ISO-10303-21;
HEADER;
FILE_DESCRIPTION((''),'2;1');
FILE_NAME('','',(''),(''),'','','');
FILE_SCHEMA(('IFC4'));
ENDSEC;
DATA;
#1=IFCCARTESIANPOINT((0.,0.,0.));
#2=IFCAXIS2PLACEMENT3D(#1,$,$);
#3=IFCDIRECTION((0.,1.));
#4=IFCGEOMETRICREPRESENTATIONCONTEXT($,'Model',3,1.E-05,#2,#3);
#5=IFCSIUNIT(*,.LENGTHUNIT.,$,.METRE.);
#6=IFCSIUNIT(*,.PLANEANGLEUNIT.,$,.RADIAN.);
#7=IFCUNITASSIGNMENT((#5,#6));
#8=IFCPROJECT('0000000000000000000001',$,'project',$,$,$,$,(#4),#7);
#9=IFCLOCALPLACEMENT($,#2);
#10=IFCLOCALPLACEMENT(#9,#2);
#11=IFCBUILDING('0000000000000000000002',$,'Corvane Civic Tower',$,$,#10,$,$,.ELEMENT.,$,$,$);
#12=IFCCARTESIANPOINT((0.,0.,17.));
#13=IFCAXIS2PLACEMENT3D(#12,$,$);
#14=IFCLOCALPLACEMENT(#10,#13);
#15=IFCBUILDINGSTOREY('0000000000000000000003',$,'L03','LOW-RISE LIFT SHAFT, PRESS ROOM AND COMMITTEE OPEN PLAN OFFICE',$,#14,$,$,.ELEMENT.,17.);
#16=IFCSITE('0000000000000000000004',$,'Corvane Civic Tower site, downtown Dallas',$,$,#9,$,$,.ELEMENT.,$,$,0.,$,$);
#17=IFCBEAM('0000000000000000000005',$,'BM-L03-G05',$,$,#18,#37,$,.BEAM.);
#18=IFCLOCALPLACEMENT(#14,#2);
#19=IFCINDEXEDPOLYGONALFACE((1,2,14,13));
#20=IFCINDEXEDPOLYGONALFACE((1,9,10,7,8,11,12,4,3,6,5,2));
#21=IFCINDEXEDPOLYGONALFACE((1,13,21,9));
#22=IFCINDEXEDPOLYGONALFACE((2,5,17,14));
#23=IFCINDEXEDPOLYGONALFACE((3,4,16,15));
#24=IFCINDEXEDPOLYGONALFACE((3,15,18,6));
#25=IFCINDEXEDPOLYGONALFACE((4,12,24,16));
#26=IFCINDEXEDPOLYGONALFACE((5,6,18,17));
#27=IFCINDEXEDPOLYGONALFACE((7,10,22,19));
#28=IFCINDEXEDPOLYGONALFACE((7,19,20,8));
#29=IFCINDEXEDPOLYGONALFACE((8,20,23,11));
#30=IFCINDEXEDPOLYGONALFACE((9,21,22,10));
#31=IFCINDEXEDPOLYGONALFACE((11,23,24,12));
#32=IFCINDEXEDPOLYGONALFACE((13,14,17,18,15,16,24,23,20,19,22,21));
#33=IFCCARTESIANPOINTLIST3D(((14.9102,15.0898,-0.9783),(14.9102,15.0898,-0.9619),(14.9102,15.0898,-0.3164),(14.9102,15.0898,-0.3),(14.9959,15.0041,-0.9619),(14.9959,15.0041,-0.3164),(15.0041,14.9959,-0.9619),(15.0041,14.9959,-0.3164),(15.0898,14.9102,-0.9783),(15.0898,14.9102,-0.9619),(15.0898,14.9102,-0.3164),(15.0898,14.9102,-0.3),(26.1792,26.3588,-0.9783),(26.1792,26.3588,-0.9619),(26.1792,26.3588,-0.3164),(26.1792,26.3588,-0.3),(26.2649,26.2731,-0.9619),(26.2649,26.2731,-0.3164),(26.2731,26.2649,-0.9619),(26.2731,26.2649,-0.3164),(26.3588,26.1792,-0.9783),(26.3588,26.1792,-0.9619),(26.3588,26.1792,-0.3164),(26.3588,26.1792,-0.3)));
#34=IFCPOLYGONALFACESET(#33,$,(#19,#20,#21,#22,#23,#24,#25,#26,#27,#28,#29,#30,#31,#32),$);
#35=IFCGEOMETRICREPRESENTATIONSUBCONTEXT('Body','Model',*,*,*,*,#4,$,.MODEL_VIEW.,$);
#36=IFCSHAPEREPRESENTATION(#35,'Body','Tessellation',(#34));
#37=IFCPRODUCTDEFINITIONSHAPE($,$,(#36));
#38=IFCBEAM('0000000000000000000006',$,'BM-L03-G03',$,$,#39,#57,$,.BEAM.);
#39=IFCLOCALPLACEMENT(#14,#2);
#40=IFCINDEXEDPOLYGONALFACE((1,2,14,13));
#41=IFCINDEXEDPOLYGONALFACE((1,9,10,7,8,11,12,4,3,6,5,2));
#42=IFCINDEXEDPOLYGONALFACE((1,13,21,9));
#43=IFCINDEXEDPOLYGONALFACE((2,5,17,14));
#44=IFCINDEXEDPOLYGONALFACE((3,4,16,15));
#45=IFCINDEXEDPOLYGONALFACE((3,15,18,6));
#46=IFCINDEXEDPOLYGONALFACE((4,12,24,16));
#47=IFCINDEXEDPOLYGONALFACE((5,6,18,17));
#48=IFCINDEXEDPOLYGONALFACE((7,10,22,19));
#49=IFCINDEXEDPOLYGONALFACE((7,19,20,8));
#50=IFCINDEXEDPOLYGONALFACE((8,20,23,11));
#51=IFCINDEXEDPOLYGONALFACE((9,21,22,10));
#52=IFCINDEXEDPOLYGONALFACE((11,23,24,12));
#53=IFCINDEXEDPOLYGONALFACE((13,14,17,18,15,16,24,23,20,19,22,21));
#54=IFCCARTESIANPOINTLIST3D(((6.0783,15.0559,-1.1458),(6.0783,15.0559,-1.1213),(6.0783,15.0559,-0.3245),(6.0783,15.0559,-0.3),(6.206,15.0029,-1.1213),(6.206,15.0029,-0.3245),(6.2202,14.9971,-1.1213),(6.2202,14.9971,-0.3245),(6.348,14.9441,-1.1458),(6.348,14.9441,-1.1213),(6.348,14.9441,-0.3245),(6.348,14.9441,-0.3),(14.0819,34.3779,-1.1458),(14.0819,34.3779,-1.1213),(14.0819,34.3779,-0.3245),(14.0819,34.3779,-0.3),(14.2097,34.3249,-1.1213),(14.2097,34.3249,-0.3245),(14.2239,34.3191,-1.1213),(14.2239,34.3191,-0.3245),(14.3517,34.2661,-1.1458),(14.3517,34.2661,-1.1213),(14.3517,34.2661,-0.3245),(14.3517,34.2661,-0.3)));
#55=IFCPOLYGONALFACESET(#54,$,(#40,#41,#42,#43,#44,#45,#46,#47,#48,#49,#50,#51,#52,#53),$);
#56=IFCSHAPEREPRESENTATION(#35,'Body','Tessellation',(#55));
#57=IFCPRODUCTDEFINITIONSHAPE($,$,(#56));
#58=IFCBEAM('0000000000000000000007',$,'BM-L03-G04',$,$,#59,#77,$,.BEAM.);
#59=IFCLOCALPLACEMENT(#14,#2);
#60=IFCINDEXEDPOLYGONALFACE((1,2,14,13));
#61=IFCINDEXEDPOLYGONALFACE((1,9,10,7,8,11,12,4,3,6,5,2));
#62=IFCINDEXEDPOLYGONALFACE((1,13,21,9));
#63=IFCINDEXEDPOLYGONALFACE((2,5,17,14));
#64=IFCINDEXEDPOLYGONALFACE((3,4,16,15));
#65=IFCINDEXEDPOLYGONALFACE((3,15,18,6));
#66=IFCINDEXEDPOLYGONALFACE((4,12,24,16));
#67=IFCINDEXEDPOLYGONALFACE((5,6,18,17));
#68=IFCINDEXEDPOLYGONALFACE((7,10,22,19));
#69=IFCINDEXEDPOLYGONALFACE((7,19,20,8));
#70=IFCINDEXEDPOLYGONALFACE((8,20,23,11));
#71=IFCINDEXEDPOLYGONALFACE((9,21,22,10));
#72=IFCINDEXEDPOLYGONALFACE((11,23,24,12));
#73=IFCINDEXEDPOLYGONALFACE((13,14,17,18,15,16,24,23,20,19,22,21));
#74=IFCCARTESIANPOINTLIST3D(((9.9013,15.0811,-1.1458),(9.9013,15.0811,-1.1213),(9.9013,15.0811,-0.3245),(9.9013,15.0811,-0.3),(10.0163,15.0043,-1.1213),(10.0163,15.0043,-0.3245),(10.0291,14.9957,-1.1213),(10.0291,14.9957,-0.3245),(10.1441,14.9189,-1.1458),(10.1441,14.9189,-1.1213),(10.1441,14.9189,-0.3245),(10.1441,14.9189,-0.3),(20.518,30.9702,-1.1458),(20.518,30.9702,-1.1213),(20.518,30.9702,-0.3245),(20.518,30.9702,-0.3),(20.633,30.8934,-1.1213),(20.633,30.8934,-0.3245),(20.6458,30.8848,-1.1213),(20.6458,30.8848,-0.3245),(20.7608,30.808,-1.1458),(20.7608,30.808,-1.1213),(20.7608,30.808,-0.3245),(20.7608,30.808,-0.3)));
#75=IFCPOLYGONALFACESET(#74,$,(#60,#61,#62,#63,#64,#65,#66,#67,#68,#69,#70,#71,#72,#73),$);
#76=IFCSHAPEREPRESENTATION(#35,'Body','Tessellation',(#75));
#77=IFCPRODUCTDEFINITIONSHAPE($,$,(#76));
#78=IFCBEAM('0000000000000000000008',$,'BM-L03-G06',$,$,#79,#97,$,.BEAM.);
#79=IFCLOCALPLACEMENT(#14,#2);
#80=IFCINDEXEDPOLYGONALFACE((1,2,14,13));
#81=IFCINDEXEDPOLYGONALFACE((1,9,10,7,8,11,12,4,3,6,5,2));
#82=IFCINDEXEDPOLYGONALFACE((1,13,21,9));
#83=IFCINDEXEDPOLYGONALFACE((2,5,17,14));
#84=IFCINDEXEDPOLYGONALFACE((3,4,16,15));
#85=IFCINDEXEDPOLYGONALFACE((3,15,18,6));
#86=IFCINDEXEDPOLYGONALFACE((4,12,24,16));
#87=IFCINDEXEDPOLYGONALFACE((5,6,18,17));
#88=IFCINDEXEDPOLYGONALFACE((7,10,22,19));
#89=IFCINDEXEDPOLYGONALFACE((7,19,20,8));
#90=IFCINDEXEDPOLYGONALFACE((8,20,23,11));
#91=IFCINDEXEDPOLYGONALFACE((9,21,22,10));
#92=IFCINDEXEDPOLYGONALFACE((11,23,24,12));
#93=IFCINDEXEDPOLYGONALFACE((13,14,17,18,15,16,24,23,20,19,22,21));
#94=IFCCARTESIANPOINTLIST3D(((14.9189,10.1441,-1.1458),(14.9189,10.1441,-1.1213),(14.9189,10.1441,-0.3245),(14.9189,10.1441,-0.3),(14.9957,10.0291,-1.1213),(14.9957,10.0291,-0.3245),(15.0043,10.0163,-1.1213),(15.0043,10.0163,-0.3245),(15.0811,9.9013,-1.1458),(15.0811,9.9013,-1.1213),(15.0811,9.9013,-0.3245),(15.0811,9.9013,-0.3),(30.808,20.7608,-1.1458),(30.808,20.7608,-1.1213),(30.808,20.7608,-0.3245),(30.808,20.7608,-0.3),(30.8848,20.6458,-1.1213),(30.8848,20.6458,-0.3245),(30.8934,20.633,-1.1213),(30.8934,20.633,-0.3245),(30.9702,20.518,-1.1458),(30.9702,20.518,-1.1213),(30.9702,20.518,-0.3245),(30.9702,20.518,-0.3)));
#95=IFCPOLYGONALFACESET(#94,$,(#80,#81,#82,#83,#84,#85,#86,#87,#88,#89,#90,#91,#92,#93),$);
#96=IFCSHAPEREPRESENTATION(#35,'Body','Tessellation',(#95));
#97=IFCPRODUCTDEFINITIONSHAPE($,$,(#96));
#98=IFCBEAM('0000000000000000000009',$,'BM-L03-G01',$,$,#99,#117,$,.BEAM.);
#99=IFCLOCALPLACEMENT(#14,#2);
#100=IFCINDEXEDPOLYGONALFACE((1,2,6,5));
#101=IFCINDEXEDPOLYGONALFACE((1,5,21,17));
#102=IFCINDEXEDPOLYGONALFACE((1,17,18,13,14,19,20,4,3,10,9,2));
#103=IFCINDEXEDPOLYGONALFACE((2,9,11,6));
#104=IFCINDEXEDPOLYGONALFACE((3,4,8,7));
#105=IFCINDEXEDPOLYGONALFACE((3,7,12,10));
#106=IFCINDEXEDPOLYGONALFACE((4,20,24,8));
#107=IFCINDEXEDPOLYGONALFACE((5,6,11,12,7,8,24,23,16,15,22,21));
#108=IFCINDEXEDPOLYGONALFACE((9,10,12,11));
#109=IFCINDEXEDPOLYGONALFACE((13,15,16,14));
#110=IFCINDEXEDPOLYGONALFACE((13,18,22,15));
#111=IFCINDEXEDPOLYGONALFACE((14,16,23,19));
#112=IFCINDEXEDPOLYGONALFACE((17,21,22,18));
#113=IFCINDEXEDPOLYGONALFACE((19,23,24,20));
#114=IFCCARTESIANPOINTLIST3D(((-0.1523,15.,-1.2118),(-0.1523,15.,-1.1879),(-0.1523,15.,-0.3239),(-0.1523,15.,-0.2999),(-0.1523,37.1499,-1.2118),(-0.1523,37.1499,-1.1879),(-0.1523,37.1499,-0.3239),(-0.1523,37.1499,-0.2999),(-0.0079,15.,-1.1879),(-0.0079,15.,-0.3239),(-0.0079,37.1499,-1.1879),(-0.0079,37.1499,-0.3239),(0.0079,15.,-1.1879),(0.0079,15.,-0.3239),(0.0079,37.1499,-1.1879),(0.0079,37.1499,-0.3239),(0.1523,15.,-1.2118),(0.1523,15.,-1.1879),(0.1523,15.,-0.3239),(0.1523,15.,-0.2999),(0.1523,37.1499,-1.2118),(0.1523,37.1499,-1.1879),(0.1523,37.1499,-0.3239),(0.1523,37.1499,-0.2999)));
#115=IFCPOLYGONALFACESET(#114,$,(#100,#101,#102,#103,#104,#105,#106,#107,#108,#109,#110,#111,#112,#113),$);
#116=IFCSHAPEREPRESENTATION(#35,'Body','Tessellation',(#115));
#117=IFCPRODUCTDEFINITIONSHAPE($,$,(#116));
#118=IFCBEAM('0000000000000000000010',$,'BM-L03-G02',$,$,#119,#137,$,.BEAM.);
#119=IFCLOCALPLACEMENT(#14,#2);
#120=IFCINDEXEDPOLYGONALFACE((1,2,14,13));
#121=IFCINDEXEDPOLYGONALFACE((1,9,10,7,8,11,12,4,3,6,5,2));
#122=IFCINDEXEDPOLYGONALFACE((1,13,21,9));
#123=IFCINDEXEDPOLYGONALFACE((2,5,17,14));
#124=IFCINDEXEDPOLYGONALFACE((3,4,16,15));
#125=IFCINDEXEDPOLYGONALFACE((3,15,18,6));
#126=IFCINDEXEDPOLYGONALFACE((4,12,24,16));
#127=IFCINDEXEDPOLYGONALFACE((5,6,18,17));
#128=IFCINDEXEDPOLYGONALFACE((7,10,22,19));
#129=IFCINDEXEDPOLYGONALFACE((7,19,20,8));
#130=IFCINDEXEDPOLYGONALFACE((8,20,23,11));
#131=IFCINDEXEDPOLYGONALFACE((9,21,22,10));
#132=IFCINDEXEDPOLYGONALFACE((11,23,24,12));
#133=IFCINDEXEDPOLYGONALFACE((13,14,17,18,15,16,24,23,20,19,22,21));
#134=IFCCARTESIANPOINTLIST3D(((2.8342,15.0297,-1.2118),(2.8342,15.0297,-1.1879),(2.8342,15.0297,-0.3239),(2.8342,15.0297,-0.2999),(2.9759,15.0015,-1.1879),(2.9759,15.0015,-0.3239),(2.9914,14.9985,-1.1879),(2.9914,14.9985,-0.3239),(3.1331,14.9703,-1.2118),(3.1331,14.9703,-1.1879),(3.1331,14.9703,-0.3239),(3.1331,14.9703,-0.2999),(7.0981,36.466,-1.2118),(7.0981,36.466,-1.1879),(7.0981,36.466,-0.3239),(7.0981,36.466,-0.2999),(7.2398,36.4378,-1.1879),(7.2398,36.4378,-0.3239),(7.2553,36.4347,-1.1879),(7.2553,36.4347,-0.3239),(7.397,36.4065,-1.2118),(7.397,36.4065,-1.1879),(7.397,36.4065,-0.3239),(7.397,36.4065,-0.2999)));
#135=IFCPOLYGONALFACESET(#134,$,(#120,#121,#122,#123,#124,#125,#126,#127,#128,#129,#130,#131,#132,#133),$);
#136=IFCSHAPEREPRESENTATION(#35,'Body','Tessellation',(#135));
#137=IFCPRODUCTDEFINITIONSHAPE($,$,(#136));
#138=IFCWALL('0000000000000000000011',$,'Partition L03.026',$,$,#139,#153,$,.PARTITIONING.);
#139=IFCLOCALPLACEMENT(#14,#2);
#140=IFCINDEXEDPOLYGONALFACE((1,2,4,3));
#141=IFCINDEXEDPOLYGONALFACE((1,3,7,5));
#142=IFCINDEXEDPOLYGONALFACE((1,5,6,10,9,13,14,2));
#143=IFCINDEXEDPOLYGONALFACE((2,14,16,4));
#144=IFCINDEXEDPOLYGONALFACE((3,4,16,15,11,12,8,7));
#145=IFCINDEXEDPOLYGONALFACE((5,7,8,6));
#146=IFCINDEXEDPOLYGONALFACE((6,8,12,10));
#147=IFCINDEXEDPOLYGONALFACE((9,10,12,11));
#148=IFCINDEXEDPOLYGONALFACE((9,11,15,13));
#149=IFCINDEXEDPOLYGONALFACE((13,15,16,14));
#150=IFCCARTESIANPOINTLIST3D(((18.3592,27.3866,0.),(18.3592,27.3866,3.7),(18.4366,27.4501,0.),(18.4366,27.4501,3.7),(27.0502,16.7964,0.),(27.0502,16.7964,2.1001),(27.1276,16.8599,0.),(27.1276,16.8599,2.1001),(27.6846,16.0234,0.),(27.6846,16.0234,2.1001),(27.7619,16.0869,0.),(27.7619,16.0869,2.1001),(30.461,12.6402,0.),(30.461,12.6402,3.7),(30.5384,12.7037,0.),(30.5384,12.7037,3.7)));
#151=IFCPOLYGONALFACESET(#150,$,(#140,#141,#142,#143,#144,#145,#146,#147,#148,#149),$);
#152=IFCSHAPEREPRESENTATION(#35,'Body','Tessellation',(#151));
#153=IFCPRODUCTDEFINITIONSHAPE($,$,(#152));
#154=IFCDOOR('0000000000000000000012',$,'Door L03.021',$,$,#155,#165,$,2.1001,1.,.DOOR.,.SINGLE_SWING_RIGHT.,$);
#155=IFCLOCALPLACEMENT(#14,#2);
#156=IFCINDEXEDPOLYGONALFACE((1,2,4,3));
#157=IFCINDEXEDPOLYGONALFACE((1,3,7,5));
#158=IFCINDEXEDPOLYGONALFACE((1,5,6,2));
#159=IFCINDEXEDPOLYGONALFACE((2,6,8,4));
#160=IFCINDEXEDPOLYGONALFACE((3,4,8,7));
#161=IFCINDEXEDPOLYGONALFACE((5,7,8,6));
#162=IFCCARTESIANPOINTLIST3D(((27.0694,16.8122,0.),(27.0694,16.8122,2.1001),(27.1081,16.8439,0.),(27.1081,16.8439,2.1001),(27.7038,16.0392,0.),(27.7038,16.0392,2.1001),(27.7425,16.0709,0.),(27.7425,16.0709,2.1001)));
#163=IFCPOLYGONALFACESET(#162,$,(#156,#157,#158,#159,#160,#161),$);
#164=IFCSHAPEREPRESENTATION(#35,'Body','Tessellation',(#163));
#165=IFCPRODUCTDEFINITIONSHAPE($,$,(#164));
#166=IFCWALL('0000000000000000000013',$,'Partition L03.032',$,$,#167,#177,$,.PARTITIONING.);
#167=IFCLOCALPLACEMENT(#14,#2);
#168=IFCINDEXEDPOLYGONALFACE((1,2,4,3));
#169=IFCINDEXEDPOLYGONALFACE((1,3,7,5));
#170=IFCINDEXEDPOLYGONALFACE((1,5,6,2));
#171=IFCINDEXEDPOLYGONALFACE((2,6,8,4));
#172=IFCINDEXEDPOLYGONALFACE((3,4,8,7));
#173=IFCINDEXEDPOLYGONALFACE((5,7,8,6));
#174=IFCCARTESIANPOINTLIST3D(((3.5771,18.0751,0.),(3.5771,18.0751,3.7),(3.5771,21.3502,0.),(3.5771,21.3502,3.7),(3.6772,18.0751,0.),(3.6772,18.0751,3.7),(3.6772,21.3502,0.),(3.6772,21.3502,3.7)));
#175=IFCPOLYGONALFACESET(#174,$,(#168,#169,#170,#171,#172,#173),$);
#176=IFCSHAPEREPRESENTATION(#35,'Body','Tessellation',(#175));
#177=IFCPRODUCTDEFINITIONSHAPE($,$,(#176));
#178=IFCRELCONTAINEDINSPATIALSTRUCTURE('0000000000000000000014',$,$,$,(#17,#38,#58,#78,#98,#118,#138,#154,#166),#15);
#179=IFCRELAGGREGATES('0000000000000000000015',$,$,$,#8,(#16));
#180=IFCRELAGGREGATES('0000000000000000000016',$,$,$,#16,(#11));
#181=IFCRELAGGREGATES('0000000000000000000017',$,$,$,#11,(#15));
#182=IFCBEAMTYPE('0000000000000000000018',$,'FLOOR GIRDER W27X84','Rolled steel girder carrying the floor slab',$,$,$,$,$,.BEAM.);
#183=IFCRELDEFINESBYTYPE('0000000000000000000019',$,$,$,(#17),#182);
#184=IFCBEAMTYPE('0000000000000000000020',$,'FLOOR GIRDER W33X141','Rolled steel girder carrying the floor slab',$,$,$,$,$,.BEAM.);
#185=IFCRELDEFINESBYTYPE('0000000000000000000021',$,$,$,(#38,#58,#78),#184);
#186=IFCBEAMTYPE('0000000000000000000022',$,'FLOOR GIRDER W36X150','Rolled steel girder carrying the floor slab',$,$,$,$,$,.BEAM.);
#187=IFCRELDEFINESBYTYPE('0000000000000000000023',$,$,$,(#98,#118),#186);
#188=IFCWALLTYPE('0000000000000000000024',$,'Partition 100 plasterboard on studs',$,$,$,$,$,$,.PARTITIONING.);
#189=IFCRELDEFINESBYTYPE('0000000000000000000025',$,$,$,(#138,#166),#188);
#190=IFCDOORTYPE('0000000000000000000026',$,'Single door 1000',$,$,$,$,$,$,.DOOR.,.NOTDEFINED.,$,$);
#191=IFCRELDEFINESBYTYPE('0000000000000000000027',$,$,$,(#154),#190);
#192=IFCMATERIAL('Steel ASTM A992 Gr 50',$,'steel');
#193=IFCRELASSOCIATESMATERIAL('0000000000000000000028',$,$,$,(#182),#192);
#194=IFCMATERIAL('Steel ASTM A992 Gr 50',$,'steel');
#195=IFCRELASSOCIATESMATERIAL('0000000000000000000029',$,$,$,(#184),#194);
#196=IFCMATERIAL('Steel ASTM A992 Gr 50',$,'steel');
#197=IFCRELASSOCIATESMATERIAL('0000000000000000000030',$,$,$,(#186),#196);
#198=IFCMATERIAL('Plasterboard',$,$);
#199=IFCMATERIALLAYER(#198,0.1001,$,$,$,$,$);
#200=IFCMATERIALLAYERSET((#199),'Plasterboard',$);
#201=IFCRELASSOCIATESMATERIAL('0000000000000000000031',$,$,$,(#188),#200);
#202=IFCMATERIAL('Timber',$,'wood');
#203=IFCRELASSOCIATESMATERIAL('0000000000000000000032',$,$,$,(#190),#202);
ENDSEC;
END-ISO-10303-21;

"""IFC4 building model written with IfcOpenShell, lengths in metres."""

from ifc_helpers import new_model, si_unit, direction, frame, frame_2d, origin, origin_2d, place, context, subcontext, project, spatial, rectangle, i_section, extrude, material, layer, layer_set, material_profile, profile_set, type_object, element, fill, save


model = new_model("IFC4")

# Units and contexts
model_context = context("Model", 3, precision=1e-05, world=origin(), true_north=direction((0.0, 1.0)))
body_context = subcontext(model_context, "Body", "Model", "MODEL_VIEW")
ifc_project = project(units=[si_unit("LENGTHUNIT", "METRE"), si_unit("PLANEANGLEUNIT", "RADIAN")], contexts=[model_context])

# Site, building, storey
site_placement = place(None, origin())
site = spatial("IfcSite", under=ifc_project, at=site_placement, Name="Corvane Civic Tower site, downtown Dallas", CompositionType="ELEMENT", RefElevation=0.0)
building_placement = place(site_placement, origin())
building = spatial("IfcBuilding", under=site, at=building_placement, Name="Corvane Civic Tower", CompositionType="ELEMENT")
storey_placement = place(building_placement, frame((0.0, 0.0, 17.0)))
storey = spatial("IfcBuildingStorey", under=building, at=storey_placement, Name="L03", Description="LOW-RISE LIFT SHAFT, PRESS ROOM AND COMMITTEE OPEN PLAN OFFICE", CompositionType="ELEMENT", Elevation=17.0)

# Beams
ifc_material_1 = material(Name="Steel ASTM A992 Gr 50", Category="steel")
ifc_material_profile_1 = material_profile(ifc_material_1, i_section(OverallWidth=0.2539, OverallDepth=0.6782, WebThickness=0.0117, FlangeThickness=0.0164, at=origin_2d()), Name="W27X84")
ifc_profile_set_1 = profile_set([ifc_material_profile_1], Name="Steel ASTM A992 Gr 50")
beam_type_1 = type_object("IfcBeamType", Name="FLOOR GIRDER W27X84", Description="Rolled steel girder carrying the floor slab", PredefinedType="BEAM", material=ifc_profile_set_1)
beam_1_placement = place(storey_placement, frame((15.0, 15.0, -0.6392), z_axis=(0.707107, 0.707107, 0.0), x_axis=(-0.707107, 0.707107, 0.0)))
element("IfcBeam", 1, at=beam_1_placement, inside=storey, type_object=beam_type_1, Name="BM-L03-G05", PredefinedType="BEAM", context=body_context, shape_type="SweptSolid", body=[
    extrude(i_section(OverallWidth=0.2539, OverallDepth=0.6782, WebThickness=0.0117, FlangeThickness=0.0164, at=origin_2d()), origin(), (0.0, 0.0, 1.0), 15.9368),
])
ifc_material_2 = material(Name="Steel ASTM A992 Gr 50", Category="steel")
ifc_material_profile_2 = material_profile(ifc_material_2, i_section(OverallWidth=0.292, OverallDepth=0.8457, WebThickness=0.0154, FlangeThickness=0.0244, at=origin_2d()), Name="W33X141")
ifc_profile_set_2 = profile_set([ifc_material_profile_2], Name="Steel ASTM A992 Gr 50")
beam_type_2 = type_object("IfcBeamType", Name="FLOOR GIRDER W33X141", Description="Rolled steel girder carrying the floor slab", PredefinedType="BEAM", material=ifc_profile_set_2)
beam_2_placement = place(storey_placement, frame((6.2131, 15.0, -0.7229), z_axis=(0.382692, 0.923876, 0.0), x_axis=(-0.923876, 0.382692, 0.0)))
element("IfcBeam", 2, at=beam_2_placement, inside=storey, type_object=beam_type_2, Name="BM-L03-G03", PredefinedType="BEAM", context=body_context, shape_type="SweptSolid", body=[
    extrude(i_section(OverallWidth=0.292, OverallDepth=0.8457, WebThickness=0.0154, FlangeThickness=0.0244, at=origin_2d()), origin(), (0.0, 0.0, 1.0), 20.9141),
])
for number, where, z_axis, x_axis, name in (
    (3, (10.0227, 15.0, -0.7229), (0.555567, 0.831472, 0.0), (-0.831472, 0.555567, 0.0), "BM-L03-G04"),
    (4, (15.0, 10.0227, -0.7229), (0.831472, 0.555567, 0.0), (-0.555567, 0.831472, 0.0), "BM-L03-G06"),
):
    element("IfcBeam", number, at=place(storey_placement, frame(where, z_axis=z_axis, x_axis=x_axis)), inside=storey, type_object=beam_type_2, Name=name, PredefinedType="BEAM", context=body_context, shape_type="SweptSolid", body=[
        extrude(i_section(OverallWidth=0.292, OverallDepth=0.8457, WebThickness=0.0154, FlangeThickness=0.0244, at=origin_2d()), origin(), (0.0, 0.0, 1.0), 19.1096),
    ])
ifc_material_3 = material(Name="Steel ASTM A992 Gr 50", Category="steel")
ifc_material_profile_3 = material_profile(ifc_material_3, i_section(OverallWidth=0.3047, OverallDepth=0.9119, WebThickness=0.0159, FlangeThickness=0.0239, at=origin_2d()), Name="W36X150")
ifc_profile_set_3 = profile_set([ifc_material_profile_3], Name="Steel ASTM A992 Gr 50")
beam_type_3 = type_object("IfcBeamType", Name="FLOOR GIRDER W36X150", Description="Rolled steel girder carrying the floor slab", PredefinedType="BEAM", material=ifc_profile_set_3)
beam_3_placement = place(storey_placement, frame((0.0, 15.0, -0.7559), z_axis=(0.0, 1.0, 0.0), x_axis=(-1.0, 0.0, 0.0)))
element("IfcBeam", 5, at=beam_3_placement, inside=storey, type_object=beam_type_3, Name="BM-L03-G01", PredefinedType="BEAM", context=body_context, shape_type="SweptSolid", body=[
    extrude(i_section(OverallWidth=0.3047, OverallDepth=0.9119, WebThickness=0.0159, FlangeThickness=0.0239, at=origin_2d()), origin(), (0.0, 0.0, 1.0), 22.1499),
])
beam_4_placement = place(storey_placement, frame((2.9836, 15.0, -0.7559), z_axis=(0.195089, 0.980785, 0.0), x_axis=(-0.980785, 0.195089, 0.0)))
element("IfcBeam", 6, at=beam_4_placement, inside=storey, type_object=beam_type_3, Name="BM-L03-G02", PredefinedType="BEAM", context=body_context, shape_type="SweptSolid", body=[
    extrude(i_section(OverallWidth=0.3047, OverallDepth=0.9119, WebThickness=0.0159, FlangeThickness=0.0239, at=origin_2d()), origin(), (0.0, 0.0, 1.0), 21.8562),
])

# Wall, opening, door
ifc_material_4 = material(Name="Plasterboard")
ifc_layer = layer(ifc_material_4, 0.1001)
ifc_layer_set = layer_set([ifc_layer], Name="Plasterboard")
wall_type = type_object("IfcWallType", Name="Partition 100 plasterboard on studs", PredefinedType="PARTITIONING", material=ifc_layer_set)
wall_1_placement = place(storey_placement, frame((18.3979, 27.4182, 0.0), z_axis=(0.0, 0.0, 1.0), x_axis=(0.634387, -0.773016, 0.0)))
wall_1 = element("IfcWall", 7, at=wall_1_placement, inside=storey, type_object=wall_type, Name="Partition L03.026", PredefinedType="PARTITIONING", context=body_context, shape_type="SweptSolid", body=[
    extrude(rectangle(XDim=19.0764, YDim=0.1001, at=frame_2d((9.5381, 0.0))), origin(), (0.0, 0.0, 1.0), 3.7),
])
opening_1_placement = place(wall_1_placement, frame((13.6997, 0.0, 0.0)))
opening_1 = element("IfcOpeningElement", 8, at=opening_1_placement, cuts=wall_1, PredefinedType="OPENING", context=body_context, shape_type="SweptSolid", body=[
    extrude(rectangle(XDim=1.0, YDim=2.1001, at=frame_2d((0.5, 1.05))), frame((0.0, 0.0601, 0.0), z_axis=(0.0, -1.0, 0.0), x_axis=(1.0, 0.0, 0.0)), (0.0, 0.0, 1.0), 0.1201),
])
ifc_material_5 = material(Name="Timber", Category="wood")
door_type = type_object("IfcDoorType", Name="Single door 1000", OperationType="NOTDEFINED", PredefinedType="DOOR", material=ifc_material_5)
door_1_placement = place(opening_1_placement, origin())
door_1 = element("IfcDoor", 9, at=door_1_placement, inside=storey, type_object=door_type, Name="Door L03.021", OperationType="SINGLE_SWING_RIGHT", OverallHeight=2.1001, OverallWidth=1.0, PredefinedType="DOOR", context=body_context, shape_type="SweptSolid", body=[
    extrude(rectangle(XDim=1.0, YDim=2.1001, at=frame_2d((0.5, 1.05))), frame((0.0, 0.0249, 0.0), z_axis=(0.0, -1.0, 0.0), x_axis=(1.0, 0.0, 0.0)), (0.0, 0.0, 1.0), 0.05),
])
fill(opening_1, door_1)

# Wall
for number, where, z_axis, x_axis, name in (
    (10, (3.6272, 18.075, 0.0), (0.0, 0.0, 1.0), (0.0, 1.0, 0.0), "Partition L03.032"),
):
    element("IfcWall", number, at=place(storey_placement, frame(where, z_axis=z_axis, x_axis=x_axis)), inside=storey, type_object=wall_type, Name=name, PredefinedType="PARTITIONING", context=body_context, shape_type="SweptSolid", body=[
        extrude(rectangle(XDim=3.2751, YDim=0.1001, at=frame_2d((1.6377, 0.0))), origin(), (0.0, 0.0, 1.0), 3.7),
    ])

save(model, "model.ifc")
